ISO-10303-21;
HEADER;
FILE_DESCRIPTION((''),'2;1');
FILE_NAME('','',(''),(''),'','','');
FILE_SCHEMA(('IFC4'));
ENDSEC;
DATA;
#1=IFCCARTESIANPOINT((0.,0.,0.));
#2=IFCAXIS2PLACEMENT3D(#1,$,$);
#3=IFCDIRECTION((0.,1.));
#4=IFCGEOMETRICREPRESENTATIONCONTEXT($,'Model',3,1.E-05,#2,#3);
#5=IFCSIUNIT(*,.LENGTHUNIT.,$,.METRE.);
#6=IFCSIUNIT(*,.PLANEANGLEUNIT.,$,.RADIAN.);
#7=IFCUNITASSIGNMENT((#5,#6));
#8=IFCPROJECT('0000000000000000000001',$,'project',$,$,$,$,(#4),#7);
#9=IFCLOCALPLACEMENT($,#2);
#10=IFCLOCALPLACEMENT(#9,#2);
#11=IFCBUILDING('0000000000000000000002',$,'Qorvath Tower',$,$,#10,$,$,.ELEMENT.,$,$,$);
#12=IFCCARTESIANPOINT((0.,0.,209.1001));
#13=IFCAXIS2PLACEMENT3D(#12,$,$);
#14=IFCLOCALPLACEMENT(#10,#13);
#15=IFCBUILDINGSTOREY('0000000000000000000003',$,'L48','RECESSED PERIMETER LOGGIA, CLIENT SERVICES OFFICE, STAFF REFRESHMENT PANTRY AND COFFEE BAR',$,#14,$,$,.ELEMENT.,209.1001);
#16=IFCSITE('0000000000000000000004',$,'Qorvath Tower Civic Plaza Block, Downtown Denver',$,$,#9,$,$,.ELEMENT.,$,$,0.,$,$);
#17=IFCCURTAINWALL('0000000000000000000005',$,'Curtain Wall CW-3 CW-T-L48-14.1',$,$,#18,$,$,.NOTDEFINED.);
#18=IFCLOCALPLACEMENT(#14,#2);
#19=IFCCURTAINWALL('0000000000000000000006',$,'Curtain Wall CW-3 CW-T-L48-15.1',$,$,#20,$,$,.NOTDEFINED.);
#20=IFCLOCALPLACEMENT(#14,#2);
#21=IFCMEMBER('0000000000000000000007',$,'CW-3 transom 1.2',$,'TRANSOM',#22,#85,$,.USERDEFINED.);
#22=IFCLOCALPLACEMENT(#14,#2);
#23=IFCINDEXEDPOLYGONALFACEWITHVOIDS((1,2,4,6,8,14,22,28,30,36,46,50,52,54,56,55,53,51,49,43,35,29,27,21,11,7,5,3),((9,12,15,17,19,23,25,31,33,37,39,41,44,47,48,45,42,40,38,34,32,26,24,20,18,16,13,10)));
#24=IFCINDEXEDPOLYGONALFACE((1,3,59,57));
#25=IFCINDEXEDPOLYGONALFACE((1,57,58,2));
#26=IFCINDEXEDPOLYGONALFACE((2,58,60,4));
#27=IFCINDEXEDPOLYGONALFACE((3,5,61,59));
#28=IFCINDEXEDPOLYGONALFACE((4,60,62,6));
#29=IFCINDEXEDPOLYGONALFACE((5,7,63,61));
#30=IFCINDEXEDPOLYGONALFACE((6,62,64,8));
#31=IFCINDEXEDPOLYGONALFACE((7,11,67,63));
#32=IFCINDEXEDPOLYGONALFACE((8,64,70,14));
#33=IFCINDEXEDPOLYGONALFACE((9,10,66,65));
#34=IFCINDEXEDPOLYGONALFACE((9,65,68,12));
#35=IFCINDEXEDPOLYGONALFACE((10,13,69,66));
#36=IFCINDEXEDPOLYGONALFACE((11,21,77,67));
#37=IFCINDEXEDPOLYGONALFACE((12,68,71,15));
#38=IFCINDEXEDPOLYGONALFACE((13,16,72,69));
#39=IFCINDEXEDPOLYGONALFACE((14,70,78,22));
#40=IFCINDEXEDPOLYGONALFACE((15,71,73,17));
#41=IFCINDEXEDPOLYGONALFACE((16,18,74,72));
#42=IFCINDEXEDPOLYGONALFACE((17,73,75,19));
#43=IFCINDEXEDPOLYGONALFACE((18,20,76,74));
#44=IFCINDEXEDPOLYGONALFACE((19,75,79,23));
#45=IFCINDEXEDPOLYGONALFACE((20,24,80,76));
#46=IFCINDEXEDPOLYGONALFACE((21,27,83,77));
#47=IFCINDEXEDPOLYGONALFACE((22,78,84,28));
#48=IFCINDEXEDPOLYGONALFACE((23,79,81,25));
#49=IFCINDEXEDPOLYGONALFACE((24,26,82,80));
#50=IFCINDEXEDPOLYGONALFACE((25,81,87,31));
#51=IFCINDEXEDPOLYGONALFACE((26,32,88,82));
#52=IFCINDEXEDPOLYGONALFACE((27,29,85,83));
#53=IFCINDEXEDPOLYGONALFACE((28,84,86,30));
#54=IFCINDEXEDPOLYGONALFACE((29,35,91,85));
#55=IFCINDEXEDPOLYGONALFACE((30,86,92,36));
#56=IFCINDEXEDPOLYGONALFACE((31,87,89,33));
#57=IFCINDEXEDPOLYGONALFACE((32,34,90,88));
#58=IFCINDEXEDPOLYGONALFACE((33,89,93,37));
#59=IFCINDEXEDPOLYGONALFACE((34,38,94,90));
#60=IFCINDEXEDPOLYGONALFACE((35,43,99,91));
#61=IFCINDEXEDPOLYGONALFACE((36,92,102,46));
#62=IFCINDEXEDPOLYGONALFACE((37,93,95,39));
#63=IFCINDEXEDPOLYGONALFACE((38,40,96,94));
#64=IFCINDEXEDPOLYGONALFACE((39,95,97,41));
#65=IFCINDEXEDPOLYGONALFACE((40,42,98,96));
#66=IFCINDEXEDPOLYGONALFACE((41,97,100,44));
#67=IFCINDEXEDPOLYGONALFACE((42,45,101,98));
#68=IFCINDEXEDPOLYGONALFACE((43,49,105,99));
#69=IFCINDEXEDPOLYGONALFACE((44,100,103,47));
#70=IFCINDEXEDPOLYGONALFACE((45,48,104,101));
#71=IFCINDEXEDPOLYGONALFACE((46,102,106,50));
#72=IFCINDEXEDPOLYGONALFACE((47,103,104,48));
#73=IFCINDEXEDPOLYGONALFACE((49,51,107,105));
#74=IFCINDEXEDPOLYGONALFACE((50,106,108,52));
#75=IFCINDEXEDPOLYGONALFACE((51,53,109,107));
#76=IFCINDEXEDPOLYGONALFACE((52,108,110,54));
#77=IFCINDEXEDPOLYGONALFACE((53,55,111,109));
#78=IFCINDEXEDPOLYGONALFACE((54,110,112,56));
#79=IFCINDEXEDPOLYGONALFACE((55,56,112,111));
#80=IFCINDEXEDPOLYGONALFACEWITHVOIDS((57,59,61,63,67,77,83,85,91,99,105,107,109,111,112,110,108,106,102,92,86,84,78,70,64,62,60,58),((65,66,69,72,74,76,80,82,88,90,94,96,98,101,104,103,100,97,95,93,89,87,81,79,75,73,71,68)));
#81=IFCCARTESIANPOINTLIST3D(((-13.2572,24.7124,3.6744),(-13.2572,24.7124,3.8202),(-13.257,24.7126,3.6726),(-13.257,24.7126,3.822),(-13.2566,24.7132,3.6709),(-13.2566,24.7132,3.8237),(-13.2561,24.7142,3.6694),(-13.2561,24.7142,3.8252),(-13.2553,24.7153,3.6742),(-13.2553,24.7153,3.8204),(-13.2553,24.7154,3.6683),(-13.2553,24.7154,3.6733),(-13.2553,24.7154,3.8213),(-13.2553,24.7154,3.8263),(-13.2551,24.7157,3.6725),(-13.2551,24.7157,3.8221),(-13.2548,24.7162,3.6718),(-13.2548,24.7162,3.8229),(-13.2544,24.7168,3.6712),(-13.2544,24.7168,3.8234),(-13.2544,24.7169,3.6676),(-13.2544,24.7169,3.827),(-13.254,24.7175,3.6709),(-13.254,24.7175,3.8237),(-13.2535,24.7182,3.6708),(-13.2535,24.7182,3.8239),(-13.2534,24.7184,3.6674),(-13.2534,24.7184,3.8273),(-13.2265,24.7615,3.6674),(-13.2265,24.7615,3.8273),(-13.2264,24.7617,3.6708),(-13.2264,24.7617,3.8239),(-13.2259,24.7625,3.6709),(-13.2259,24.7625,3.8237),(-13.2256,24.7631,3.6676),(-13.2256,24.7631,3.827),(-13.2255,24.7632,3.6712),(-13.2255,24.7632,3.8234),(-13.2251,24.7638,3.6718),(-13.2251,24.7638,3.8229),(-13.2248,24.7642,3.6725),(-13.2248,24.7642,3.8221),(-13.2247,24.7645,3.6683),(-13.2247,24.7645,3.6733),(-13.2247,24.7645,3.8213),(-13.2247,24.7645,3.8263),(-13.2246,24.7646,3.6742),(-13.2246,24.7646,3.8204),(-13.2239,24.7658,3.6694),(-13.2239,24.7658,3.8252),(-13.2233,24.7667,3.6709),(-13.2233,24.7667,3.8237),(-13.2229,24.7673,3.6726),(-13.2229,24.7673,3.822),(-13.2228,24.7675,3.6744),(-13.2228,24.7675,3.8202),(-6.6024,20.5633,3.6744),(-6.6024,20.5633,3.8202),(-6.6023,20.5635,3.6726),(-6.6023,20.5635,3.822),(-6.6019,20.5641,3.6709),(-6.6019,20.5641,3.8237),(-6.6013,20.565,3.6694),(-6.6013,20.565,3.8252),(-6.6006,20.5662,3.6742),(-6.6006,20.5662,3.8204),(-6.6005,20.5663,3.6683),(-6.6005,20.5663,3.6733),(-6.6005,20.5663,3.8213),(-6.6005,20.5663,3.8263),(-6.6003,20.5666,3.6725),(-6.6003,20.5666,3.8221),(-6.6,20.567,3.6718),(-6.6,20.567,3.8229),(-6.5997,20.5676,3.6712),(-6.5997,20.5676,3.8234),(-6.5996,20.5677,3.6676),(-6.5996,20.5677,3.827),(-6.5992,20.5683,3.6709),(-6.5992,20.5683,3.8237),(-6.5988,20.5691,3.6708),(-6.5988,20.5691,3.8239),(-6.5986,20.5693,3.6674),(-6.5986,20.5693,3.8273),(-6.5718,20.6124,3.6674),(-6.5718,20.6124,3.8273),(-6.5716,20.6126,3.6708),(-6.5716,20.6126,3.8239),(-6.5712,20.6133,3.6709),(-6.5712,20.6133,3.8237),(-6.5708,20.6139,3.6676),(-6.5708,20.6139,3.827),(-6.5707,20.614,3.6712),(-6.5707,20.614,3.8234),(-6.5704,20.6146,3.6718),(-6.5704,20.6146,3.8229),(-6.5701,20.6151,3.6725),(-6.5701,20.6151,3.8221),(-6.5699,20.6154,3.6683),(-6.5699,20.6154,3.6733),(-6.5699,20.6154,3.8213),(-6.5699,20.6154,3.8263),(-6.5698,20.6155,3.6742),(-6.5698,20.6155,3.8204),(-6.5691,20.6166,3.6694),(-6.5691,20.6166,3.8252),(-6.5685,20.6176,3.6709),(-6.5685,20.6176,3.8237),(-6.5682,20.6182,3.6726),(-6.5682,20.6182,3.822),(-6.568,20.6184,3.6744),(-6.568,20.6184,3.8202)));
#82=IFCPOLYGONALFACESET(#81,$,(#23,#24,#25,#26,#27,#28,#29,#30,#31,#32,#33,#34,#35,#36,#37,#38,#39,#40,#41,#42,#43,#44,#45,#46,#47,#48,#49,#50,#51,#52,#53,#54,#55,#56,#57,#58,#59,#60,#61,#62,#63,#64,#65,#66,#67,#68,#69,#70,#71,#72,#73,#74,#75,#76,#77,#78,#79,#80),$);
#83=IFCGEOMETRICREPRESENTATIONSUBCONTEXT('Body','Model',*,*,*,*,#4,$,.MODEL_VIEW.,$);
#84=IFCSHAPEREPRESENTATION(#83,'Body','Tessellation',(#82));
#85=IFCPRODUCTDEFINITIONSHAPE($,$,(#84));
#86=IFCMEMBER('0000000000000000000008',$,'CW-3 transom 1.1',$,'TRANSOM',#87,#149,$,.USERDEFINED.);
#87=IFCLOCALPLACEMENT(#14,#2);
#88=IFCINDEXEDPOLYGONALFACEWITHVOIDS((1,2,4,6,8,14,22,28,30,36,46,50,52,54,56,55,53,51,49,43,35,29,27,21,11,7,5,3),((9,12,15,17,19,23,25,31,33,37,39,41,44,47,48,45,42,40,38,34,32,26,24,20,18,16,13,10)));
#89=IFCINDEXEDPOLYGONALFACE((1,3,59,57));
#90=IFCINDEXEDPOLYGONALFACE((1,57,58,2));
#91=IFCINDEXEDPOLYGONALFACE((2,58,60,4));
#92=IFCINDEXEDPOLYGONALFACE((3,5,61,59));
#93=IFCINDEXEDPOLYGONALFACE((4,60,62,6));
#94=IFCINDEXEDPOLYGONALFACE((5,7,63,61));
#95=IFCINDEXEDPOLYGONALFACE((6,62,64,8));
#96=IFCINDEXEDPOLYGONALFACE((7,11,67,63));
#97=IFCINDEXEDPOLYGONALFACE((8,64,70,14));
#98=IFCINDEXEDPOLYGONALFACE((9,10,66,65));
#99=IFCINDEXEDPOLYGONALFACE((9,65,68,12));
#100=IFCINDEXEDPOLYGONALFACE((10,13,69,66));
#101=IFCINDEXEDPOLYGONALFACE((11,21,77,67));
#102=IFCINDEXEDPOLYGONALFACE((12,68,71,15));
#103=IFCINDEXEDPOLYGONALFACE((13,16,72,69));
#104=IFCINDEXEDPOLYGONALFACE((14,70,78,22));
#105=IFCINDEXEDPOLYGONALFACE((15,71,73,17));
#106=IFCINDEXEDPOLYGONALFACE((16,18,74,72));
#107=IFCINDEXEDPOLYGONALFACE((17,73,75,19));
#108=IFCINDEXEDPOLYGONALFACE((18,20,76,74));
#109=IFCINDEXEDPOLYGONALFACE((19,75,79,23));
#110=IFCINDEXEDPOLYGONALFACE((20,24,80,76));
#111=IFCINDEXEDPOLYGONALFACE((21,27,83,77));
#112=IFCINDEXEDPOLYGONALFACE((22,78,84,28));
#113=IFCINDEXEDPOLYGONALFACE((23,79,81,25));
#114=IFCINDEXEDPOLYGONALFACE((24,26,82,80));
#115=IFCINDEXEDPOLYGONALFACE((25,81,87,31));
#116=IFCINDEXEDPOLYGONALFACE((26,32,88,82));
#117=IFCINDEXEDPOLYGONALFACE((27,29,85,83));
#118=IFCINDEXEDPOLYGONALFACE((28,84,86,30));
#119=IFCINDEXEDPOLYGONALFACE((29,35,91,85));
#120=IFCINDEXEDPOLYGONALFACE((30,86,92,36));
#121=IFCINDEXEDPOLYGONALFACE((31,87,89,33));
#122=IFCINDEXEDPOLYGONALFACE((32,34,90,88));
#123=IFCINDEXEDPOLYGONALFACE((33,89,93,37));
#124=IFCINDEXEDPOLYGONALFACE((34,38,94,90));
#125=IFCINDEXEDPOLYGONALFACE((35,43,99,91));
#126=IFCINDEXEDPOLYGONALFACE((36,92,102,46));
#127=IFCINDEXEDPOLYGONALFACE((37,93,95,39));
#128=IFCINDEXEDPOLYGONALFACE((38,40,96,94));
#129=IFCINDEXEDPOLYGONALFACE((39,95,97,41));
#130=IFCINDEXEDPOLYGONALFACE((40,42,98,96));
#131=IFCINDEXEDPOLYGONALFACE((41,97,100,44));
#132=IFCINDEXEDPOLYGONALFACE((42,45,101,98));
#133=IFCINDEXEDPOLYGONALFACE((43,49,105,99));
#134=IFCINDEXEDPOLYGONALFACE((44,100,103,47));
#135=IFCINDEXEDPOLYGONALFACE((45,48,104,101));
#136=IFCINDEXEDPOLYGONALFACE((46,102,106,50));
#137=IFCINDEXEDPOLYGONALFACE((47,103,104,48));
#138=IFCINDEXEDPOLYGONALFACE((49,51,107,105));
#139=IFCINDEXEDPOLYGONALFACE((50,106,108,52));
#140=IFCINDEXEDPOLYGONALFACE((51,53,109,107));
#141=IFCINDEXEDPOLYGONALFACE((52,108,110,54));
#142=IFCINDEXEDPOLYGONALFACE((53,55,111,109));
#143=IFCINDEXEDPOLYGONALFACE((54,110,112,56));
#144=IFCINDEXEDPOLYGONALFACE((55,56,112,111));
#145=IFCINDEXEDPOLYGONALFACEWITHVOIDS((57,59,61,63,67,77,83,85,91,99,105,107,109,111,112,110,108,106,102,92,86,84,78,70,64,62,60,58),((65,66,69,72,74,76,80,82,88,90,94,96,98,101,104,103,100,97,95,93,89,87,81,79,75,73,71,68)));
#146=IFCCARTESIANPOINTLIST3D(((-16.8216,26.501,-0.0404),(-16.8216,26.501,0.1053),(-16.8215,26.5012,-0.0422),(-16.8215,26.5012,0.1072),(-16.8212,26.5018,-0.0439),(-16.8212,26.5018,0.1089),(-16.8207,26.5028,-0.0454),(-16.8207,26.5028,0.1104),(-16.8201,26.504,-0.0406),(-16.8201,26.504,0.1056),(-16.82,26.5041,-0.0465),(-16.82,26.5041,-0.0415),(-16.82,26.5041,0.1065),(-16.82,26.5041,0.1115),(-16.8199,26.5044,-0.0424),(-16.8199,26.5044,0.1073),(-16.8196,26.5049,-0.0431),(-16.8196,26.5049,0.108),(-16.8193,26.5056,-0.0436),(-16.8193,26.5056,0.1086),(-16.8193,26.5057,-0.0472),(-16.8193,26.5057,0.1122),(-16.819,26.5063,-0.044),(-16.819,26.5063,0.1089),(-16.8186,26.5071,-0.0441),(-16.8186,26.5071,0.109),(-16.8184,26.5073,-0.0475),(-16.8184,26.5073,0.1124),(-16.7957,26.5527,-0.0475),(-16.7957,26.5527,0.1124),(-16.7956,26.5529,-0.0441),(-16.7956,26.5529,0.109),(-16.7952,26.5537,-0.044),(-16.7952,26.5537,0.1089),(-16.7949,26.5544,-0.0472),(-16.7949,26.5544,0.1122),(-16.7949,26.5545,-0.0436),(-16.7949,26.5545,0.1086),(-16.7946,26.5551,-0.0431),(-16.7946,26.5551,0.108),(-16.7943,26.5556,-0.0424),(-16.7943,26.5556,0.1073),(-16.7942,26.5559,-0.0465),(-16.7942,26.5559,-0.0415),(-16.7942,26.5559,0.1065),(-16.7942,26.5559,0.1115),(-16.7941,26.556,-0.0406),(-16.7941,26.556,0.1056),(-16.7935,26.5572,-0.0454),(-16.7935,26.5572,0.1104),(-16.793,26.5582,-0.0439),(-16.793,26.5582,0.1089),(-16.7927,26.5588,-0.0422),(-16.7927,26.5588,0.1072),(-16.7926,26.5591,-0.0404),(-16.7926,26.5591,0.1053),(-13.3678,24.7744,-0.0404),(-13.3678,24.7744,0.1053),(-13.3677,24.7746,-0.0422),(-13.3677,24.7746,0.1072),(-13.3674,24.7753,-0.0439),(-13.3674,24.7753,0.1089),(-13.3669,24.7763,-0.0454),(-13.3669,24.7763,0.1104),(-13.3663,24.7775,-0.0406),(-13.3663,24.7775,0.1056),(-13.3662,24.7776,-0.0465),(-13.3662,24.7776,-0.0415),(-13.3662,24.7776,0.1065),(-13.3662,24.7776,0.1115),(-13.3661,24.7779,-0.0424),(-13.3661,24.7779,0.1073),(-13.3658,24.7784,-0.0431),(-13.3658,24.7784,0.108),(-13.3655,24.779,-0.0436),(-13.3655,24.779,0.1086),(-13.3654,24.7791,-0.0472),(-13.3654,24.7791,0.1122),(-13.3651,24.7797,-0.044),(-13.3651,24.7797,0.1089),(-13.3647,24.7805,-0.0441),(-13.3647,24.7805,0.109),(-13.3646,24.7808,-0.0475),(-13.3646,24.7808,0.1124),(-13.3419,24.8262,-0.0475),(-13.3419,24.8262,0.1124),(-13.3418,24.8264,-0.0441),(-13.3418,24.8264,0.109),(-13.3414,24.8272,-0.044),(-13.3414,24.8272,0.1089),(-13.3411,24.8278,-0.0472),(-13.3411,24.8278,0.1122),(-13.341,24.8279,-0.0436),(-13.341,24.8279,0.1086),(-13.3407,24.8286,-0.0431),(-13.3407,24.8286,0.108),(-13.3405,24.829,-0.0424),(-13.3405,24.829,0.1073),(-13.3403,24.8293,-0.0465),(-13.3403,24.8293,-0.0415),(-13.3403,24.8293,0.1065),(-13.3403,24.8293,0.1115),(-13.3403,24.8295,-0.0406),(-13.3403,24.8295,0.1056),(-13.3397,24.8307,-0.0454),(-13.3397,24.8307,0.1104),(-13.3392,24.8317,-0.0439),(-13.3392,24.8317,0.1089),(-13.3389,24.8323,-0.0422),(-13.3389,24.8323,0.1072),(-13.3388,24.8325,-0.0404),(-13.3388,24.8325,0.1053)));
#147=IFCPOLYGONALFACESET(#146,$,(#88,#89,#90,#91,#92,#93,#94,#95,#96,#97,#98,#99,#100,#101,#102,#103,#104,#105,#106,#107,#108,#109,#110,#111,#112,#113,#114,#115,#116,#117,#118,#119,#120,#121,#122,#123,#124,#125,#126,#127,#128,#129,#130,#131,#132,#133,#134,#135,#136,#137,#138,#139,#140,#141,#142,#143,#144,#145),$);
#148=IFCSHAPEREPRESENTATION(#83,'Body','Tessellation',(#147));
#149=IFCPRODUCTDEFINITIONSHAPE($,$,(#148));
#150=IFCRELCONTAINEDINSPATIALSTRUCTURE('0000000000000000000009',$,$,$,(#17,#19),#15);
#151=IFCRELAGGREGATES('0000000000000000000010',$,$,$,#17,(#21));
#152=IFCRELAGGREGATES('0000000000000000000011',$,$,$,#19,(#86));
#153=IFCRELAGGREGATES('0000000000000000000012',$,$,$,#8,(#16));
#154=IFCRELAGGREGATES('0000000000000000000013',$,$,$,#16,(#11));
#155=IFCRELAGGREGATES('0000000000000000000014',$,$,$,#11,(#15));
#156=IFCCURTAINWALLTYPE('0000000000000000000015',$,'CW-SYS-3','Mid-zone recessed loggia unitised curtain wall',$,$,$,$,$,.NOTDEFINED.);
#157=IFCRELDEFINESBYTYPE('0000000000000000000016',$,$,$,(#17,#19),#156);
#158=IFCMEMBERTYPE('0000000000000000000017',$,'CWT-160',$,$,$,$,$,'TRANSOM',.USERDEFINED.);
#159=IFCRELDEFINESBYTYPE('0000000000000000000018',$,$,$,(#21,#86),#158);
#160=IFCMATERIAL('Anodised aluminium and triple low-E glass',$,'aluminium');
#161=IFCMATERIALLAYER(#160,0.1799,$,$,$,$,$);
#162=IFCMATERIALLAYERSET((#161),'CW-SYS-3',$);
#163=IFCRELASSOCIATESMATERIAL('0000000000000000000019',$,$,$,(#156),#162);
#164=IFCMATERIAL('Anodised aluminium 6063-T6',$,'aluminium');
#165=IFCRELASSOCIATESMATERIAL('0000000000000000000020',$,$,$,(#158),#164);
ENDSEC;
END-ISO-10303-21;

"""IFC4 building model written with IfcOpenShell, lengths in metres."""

from ifc_helpers import new_model, si_unit, direction, frame, origin, origin_2d, place, context, subcontext, project, spatial, hollow_rectangle, extrude, material, layer, layer_set, material_profile, profile_set, type_object, element, aggregate, save


model = new_model("IFC4")

# Units and contexts
model_context = context("Model", 3, precision=1e-05, world=origin(), true_north=direction((0.0, 1.0)))
body_context = subcontext(model_context, "Body", "Model", "MODEL_VIEW")
ifc_project = project(units=[si_unit("LENGTHUNIT", "METRE"), si_unit("PLANEANGLEUNIT", "RADIAN")], contexts=[model_context])

# Site, building, storey
site_placement = place(None, origin())
site = spatial("IfcSite", under=ifc_project, at=site_placement, Name="Qorvath Tower Civic Plaza Block, Downtown Denver", CompositionType="ELEMENT", RefElevation=0.0)
building_placement = place(site_placement, origin())
building = spatial("IfcBuilding", under=site, at=building_placement, Name="Qorvath Tower", CompositionType="ELEMENT")
storey_placement = place(building_placement, frame((0.0, 0.0, 209.1001)))
storey = spatial("IfcBuildingStorey", under=building, at=storey_placement, Name="L48", Description="RECESSED PERIMETER LOGGIA, CLIENT SERVICES OFFICE, STAFF REFRESHMENT PANTRY AND COFFEE BAR", CompositionType="ELEMENT", Elevation=209.1001)

# Shared definitions
ifc_material_1 = material(Name="Anodised aluminium and triple low-E glass", Category="aluminium")
ifc_layer_1 = layer(ifc_material_1, 0.1799)
ifc_layer_set_1 = layer_set([ifc_layer_1], Name="CW-SYS-3")
curtain_wall_type = type_object("IfcCurtainWallType", Name="CW-SYS-3", Description="Mid-zone recessed loggia unitised curtain wall", PredefinedType="NOTDEFINED", material=ifc_layer_set_1)

# Curtain walls
curtain_wall_1_placement = place(storey_placement, origin())
curtain_wall_1 = element("IfcCurtainWall", 1, at=curtain_wall_1_placement, inside=storey, type_object=curtain_wall_type, Name="Curtain Wall CW-3 CW-T-L48-14.1", PredefinedType="NOTDEFINED")
curtain_wall_2_placement = place(storey_placement, origin())
curtain_wall_2 = element("IfcCurtainWall", 2, at=curtain_wall_2_placement, inside=storey, type_object=curtain_wall_type, Name="Curtain Wall CW-3 CW-T-L48-15.1", PredefinedType="NOTDEFINED")

# Members
ifc_material_2 = material(Name="Anodised aluminium 6063-T6", Category="aluminium")
ifc_material_profile_1 = material_profile(ifc_material_2, hollow_rectangle(XDim=0.0649, YDim=0.1599, WallThickness=0.0034, InnerFilletRadius=0.0034, OuterFilletRadius=0.0071, at=origin_2d()), Name="CWT 160x65")
ifc_profile_set_1 = profile_set([ifc_material_profile_1], Name="Anodised aluminium 6063-T6")
member_type_1 = type_object("IfcMemberType", Name="CWT-160", ElementType="TRANSOM", PredefinedType="USERDEFINED", material=ifc_profile_set_1)
member_1_placement = place(storey_placement, frame((-6.5852, 20.5908, 3.7473), z_axis=(-0.848575, 0.529075, 0.0), x_axis=(-0.529075, -0.848575, 0.0)))
member_1 = element("IfcMember", 3, at=member_1_placement, type_object=member_type_1, Name="CW-3 transom 1.2", ObjectType="TRANSOM", PredefinedType="USERDEFINED", context=body_context, shape_type="SweptSolid", body=[
    extrude(hollow_rectangle(XDim=0.0649, YDim=0.1599, WallThickness=0.0034, InnerFilletRadius=0.0034, OuterFilletRadius=0.0071, at=origin_2d()), origin(), (0.0, 0.0, 1.0), 7.8423),
])
member_2_placement = place(storey_placement, frame((-13.3533, 24.8035, 0.0325), z_axis=(-0.894465, 0.447138, 0.0), x_axis=(-0.447138, -0.894465, 0.0)))
member_2 = element("IfcMember", 4, at=member_2_placement, type_object=member_type_1, Name="CW-3 transom 1.1", ObjectType="TRANSOM", PredefinedType="USERDEFINED", context=body_context, shape_type="SweptSolid", body=[
    extrude(hollow_rectangle(XDim=0.0649, YDim=0.1599, WallThickness=0.0034, InnerFilletRadius=0.0034, OuterFilletRadius=0.0071, at=origin_2d()), origin(), (0.0, 0.0, 1.0), 3.8613),
])

aggregate(curtain_wall_1, [member_1])
aggregate(curtain_wall_2, [member_2])

save(model, "model.ifc")
